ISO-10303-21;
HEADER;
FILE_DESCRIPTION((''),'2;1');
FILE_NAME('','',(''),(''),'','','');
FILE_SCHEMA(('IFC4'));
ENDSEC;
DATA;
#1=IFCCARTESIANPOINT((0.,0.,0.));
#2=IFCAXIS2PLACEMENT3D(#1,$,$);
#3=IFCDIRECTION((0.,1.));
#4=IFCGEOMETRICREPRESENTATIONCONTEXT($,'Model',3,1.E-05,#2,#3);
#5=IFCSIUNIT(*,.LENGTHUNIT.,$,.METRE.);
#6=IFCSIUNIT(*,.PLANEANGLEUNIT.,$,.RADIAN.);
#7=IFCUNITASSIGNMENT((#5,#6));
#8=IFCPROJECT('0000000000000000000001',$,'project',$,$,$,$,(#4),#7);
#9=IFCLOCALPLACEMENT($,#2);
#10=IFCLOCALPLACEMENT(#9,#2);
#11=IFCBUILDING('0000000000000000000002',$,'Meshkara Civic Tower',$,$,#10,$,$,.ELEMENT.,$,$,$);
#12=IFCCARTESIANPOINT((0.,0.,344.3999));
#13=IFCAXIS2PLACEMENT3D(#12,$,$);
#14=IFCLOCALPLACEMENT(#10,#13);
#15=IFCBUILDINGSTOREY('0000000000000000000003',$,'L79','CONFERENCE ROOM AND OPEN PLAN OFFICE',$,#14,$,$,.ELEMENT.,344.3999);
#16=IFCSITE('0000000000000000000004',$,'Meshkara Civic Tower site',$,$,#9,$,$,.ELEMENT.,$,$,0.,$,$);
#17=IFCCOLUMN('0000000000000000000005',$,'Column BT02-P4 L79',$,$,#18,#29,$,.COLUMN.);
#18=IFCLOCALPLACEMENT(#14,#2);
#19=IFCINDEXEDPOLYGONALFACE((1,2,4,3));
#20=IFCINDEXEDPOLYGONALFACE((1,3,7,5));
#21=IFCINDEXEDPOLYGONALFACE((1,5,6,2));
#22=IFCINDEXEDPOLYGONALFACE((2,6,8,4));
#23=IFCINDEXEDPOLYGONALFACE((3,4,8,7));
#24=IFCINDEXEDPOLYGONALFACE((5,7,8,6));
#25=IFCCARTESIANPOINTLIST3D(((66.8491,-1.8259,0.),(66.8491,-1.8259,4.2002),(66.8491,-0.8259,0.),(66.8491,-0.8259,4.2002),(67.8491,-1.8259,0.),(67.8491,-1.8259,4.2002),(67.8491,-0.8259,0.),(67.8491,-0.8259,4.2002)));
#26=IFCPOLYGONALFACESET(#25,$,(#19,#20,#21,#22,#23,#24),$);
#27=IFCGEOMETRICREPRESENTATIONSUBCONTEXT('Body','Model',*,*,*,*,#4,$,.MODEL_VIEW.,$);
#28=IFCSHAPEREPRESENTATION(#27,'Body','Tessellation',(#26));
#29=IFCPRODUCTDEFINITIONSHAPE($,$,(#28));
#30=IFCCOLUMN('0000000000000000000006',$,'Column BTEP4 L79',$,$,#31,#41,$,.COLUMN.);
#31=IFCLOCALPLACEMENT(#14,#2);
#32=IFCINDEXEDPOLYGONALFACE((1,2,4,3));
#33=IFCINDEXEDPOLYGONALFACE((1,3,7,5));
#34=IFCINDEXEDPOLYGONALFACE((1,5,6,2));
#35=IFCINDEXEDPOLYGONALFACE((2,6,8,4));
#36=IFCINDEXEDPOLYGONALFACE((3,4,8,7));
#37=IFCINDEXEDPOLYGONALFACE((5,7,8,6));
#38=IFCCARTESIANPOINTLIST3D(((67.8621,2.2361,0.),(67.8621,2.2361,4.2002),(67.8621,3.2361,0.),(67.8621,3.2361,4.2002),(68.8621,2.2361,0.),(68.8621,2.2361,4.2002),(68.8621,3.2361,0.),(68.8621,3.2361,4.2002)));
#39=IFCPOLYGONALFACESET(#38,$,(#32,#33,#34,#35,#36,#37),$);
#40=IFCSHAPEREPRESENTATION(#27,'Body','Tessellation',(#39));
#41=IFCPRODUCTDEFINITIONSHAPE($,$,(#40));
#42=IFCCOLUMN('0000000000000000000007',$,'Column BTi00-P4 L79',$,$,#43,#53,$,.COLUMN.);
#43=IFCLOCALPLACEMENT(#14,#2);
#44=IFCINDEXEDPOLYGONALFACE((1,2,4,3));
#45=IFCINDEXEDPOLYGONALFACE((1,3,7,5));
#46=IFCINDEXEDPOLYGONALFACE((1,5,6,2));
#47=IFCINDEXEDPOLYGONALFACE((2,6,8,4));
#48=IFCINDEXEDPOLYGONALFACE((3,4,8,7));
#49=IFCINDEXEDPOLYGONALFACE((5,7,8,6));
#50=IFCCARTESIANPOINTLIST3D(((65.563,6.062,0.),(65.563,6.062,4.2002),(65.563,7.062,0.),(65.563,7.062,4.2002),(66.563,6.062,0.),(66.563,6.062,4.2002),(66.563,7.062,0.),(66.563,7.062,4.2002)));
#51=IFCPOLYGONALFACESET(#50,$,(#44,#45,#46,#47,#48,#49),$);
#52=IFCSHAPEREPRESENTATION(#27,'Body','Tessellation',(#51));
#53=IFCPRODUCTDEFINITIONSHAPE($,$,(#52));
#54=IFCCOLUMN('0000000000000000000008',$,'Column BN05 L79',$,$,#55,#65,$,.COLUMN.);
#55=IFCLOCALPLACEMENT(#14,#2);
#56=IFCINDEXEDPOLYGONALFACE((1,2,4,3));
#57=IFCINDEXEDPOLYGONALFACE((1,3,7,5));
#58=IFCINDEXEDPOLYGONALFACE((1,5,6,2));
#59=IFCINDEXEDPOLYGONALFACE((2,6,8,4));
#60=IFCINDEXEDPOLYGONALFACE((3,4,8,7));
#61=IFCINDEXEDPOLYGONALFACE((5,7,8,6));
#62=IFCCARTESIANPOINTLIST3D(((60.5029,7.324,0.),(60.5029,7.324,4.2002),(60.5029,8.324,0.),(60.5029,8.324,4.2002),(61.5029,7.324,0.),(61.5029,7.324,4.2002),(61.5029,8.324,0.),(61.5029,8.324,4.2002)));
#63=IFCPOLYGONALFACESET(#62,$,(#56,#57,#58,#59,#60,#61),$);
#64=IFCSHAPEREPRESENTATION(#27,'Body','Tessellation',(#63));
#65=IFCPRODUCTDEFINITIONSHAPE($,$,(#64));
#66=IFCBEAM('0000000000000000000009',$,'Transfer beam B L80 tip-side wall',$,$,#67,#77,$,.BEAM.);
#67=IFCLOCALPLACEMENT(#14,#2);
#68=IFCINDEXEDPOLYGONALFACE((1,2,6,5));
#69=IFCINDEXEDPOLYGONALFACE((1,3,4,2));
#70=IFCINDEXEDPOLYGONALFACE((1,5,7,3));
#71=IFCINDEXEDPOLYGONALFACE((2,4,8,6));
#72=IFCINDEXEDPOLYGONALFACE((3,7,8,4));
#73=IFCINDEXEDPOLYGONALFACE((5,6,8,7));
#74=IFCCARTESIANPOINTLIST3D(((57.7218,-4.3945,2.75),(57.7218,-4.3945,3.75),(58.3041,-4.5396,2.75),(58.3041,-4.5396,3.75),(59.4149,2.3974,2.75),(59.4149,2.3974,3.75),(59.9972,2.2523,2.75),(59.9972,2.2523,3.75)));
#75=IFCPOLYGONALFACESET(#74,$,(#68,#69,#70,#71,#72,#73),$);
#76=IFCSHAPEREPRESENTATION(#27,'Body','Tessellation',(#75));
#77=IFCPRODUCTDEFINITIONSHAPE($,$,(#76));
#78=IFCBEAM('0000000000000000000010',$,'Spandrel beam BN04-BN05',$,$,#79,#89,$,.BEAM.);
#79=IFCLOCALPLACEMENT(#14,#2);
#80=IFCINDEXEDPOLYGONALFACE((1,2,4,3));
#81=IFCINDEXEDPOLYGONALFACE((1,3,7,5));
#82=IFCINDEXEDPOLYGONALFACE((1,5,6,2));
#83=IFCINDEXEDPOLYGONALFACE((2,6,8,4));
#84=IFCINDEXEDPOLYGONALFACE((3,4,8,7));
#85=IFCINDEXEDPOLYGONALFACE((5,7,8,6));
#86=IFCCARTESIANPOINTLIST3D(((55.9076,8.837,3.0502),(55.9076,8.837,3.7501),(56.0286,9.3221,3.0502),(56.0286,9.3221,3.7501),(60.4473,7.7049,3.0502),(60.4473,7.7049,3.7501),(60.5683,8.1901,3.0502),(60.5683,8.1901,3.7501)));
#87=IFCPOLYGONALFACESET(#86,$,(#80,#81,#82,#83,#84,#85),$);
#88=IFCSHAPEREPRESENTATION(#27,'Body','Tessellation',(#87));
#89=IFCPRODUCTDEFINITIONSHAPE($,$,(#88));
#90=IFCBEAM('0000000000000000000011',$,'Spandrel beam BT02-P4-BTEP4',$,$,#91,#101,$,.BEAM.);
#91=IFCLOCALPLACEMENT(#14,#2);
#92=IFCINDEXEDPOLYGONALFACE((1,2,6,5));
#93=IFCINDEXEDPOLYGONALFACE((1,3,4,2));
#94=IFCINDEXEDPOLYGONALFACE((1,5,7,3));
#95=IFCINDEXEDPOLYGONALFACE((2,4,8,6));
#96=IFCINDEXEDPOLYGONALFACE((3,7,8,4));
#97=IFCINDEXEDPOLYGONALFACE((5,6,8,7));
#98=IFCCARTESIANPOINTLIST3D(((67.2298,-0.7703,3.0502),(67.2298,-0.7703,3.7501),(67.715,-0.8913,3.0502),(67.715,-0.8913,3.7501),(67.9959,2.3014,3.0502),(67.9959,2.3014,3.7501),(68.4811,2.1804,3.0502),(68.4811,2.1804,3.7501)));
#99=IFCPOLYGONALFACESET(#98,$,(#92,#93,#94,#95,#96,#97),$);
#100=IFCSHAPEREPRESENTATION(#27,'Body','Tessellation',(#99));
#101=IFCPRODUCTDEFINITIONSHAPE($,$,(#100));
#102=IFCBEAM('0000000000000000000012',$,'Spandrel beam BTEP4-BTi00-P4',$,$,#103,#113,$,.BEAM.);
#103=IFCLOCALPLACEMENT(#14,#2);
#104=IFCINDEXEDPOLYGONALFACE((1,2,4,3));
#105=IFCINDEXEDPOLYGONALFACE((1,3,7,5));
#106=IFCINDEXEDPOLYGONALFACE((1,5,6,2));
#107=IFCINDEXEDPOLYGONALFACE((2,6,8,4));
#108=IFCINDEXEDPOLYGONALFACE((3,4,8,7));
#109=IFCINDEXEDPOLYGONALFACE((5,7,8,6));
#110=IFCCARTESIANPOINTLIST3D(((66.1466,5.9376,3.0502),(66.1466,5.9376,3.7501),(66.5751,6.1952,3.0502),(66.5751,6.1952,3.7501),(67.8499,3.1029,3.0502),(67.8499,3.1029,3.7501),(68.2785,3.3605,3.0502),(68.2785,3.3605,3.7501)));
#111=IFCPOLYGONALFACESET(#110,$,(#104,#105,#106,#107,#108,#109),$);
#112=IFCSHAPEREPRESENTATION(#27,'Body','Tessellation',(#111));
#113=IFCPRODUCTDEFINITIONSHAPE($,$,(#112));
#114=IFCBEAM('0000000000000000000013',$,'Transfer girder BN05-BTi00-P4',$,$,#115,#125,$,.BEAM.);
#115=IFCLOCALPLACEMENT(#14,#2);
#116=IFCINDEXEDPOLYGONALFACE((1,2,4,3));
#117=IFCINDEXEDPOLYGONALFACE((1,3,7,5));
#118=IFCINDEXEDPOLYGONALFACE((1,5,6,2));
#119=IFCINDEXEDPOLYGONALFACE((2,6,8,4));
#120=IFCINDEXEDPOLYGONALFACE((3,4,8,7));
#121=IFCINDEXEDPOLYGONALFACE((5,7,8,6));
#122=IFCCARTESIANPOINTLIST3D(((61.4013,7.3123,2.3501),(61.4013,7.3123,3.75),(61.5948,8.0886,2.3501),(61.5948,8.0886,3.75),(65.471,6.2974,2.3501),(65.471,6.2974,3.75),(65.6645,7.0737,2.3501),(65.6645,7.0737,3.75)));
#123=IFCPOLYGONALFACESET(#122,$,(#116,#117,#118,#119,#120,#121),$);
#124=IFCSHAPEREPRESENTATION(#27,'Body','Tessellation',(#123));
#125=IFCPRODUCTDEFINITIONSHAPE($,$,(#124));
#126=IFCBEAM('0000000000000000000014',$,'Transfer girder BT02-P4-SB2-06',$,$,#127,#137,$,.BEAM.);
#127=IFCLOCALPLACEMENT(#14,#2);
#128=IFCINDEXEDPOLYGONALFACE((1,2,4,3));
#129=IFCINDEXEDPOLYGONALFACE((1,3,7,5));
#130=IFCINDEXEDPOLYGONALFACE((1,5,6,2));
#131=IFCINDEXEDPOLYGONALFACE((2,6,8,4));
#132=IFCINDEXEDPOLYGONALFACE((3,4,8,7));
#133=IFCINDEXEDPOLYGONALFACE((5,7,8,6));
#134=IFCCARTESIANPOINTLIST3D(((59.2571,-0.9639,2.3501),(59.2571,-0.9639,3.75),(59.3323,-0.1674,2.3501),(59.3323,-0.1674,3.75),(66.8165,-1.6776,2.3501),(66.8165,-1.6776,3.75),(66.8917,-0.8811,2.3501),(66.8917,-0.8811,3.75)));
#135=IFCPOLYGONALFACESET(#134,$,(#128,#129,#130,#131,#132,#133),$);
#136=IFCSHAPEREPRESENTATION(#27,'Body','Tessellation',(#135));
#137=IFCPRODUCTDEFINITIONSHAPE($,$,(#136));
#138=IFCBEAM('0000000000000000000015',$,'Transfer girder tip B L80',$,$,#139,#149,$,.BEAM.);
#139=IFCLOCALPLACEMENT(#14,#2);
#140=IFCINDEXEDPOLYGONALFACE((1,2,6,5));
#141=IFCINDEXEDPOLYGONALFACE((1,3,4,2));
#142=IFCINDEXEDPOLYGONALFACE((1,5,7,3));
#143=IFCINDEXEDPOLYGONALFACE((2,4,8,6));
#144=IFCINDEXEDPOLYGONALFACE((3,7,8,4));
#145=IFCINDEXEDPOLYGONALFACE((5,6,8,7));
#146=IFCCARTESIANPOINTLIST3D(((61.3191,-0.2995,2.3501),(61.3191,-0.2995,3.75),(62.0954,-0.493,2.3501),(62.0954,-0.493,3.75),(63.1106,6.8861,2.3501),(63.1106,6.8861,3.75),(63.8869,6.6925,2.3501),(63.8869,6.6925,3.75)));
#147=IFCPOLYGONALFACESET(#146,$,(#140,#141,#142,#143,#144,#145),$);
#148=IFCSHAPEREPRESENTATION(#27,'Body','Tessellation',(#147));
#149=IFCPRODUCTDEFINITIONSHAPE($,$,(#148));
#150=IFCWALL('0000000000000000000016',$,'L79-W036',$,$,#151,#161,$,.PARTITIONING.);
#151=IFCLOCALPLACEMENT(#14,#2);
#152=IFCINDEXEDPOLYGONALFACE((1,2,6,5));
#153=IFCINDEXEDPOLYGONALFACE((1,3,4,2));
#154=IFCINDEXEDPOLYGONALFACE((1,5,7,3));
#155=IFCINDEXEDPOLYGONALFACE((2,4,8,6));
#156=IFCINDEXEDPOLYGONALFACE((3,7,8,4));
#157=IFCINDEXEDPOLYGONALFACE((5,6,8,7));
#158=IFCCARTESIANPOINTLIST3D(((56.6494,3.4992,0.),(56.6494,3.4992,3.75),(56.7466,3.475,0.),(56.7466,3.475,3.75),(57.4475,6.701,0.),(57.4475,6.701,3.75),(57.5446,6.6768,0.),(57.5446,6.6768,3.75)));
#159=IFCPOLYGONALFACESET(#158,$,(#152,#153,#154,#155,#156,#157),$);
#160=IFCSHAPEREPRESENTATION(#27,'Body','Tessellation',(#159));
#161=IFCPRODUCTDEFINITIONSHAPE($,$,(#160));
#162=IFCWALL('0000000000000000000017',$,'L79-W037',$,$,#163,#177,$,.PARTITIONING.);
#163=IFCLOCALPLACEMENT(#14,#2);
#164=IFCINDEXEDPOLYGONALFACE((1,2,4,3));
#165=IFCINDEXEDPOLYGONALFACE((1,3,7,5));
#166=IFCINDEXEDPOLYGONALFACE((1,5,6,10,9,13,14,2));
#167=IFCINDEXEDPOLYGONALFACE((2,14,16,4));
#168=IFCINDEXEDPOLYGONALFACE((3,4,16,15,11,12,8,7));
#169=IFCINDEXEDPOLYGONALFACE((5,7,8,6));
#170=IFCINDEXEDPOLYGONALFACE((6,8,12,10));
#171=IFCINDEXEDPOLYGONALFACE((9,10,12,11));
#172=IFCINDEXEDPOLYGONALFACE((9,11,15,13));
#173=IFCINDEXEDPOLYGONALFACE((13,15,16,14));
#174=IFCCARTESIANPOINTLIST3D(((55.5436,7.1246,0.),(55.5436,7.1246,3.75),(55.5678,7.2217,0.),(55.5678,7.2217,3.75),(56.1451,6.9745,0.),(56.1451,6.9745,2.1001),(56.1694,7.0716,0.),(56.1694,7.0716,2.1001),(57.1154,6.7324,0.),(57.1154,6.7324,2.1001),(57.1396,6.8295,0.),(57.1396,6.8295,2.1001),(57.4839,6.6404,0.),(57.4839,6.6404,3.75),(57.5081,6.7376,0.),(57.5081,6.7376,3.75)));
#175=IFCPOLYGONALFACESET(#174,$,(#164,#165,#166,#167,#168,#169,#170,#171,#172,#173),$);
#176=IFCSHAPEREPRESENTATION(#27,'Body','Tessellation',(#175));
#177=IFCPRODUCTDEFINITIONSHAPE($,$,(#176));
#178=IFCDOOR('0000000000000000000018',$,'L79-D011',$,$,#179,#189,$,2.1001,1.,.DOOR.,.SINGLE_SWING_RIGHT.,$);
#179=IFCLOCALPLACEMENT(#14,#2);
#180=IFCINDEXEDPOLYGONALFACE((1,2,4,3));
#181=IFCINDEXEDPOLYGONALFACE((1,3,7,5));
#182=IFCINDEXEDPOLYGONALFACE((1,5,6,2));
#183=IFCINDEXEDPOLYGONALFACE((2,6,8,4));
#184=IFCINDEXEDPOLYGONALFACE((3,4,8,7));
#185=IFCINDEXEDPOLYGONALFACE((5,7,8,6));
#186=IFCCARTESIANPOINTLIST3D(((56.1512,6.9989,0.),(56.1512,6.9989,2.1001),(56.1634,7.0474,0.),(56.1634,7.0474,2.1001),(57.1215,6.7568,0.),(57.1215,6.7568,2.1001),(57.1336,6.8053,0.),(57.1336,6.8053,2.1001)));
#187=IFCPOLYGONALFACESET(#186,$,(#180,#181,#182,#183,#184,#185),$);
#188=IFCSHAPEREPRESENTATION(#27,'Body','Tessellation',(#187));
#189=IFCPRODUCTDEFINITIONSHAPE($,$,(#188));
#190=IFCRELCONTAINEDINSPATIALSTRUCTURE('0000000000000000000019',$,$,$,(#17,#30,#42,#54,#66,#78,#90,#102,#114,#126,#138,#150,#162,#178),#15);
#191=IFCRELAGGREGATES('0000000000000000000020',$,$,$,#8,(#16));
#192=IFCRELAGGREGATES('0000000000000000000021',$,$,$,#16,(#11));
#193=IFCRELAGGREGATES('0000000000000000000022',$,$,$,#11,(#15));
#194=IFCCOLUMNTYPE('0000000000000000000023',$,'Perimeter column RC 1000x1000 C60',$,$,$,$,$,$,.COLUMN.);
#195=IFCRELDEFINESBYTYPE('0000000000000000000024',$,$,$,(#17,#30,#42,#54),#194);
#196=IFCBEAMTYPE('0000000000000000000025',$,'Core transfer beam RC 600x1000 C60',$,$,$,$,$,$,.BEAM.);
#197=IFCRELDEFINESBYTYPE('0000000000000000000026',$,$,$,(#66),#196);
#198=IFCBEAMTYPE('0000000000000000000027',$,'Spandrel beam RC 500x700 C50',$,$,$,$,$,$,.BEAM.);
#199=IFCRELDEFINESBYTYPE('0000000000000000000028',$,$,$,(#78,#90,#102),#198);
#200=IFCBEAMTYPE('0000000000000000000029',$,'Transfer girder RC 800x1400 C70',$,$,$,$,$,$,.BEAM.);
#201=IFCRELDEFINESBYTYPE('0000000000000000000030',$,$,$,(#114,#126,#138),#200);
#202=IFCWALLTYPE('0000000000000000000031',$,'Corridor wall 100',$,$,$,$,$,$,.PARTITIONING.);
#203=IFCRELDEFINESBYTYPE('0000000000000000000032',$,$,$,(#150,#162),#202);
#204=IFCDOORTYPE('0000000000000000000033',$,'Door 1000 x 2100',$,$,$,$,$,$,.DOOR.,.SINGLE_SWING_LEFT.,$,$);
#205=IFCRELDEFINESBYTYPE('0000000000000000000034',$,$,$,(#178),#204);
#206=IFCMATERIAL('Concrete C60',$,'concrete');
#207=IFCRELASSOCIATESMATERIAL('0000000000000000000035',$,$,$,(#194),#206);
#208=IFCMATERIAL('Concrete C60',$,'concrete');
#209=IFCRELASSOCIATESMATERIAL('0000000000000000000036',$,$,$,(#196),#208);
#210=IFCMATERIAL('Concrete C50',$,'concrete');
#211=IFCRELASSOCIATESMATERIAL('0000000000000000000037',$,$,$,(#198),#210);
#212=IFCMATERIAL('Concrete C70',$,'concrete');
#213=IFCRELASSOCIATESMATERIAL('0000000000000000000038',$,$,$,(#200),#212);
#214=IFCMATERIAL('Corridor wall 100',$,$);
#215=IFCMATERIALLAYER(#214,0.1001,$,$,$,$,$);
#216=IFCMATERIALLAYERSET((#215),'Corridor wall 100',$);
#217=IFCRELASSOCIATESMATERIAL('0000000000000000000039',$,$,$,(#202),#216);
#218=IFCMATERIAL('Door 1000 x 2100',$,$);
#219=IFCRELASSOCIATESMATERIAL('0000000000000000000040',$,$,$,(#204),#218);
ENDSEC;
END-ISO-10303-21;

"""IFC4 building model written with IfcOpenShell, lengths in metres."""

from ifc_helpers import new_model, si_unit, direction, frame, frame_2d, origin, origin_2d, place, context, subcontext, project, spatial, rectangle, extrude, material, layer, layer_set, material_profile, profile_set, type_object, element, fill, save


model = new_model("IFC4")

# Units and contexts
model_context = context("Model", 3, precision=1e-05, world=origin(), true_north=direction((0.0, 1.0)))
body_context = subcontext(model_context, "Body", "Model", "MODEL_VIEW")
ifc_project = project(units=[si_unit("LENGTHUNIT", "METRE"), si_unit("PLANEANGLEUNIT", "RADIAN")], contexts=[model_context])

# Site, building, storey
site_placement = place(None, origin())
site = spatial("IfcSite", under=ifc_project, at=site_placement, Name="Meshkara Civic Tower site", CompositionType="ELEMENT", RefElevation=0.0)
building_placement = place(site_placement, origin())
building = spatial("IfcBuilding", under=site, at=building_placement, Name="Meshkara Civic Tower", CompositionType="ELEMENT")
storey_placement = place(building_placement, frame((0.0, 0.0, 344.3999)))
storey = spatial("IfcBuildingStorey", under=building, at=storey_placement, Name="L79", Description="CONFERENCE ROOM AND OPEN PLAN OFFICE", CompositionType="ELEMENT", Elevation=344.3999)

# Columns
ifc_material_1 = material(Name="Concrete C60", Category="concrete")
ifc_material_profile_1 = material_profile(ifc_material_1, rectangle(XDim=1.0, YDim=1.0, at=origin_2d()))
ifc_profile_set_1 = profile_set([ifc_material_profile_1], Name="Concrete C60")
column_type = type_object("IfcColumnType", Name="Perimeter column RC 1000x1000 C60", PredefinedType="COLUMN", material=ifc_profile_set_1)
for number, where, z_axis, x_axis, name in (
    (1, (67.3491, -1.3259, 0.0), (0.0, 0.0, 1.0), (1.0, 0.0, 0.0), "Column BT02-P4 L79"),
    (2, (68.3621, 2.7361, 0.0), (0.0, 0.0, 1.0), (1.0, 0.0, 0.0), "Column BTEP4 L79"),
    (3, (66.063, 6.562, 0.0), (0.0, 0.0, 1.0), (1.0, 0.0, 0.0), "Column BTi00-P4 L79"),
    (4, (61.0029, 7.824, 0.0), (0.0, 0.0, 1.0), (1.0, 0.0, 0.0), "Column BN05 L79"),
):
    element("IfcColumn", number, at=place(storey_placement, frame(where, z_axis=z_axis, x_axis=x_axis)), inside=storey, type_object=column_type, Name=name, PredefinedType="COLUMN", context=body_context, shape_type="SweptSolid", body=[
        extrude(rectangle(XDim=1.0, YDim=1.0, at=origin_2d()), origin(), (0.0, 0.0, 1.0), 4.2002),
    ])

# Beams
ifc_material_2 = material(Name="Concrete C60", Category="concrete")
ifc_material_profile_2 = material_profile(ifc_material_2, rectangle(XDim=0.6001, YDim=1.0, at=origin_2d()))
ifc_profile_set_2 = profile_set([ifc_material_profile_2], Name="Concrete C60")
beam_type_1 = type_object("IfcBeamType", Name="Core transfer beam RC 600x1000 C60", PredefinedType="BEAM", material=ifc_profile_set_2)
beam_1_placement = place(storey_placement, frame((58.0129, -4.467, 3.25), z_axis=(0.241879, 0.970306, 0.0), x_axis=(-0.970306, 0.241879, 0.0)))
element("IfcBeam", 5, at=beam_1_placement, inside=storey, type_object=beam_type_1, Name="Transfer beam B L80 tip-side wall", PredefinedType="BEAM", context=body_context, shape_type="SweptSolid", body=[
    extrude(rectangle(XDim=0.6001, YDim=1.0, at=origin_2d()), origin(), (0.0, 0.0, 1.0), 6.9998),
])
ifc_material_3 = material(Name="Concrete C50", Category="concrete")
ifc_material_profile_3 = material_profile(ifc_material_3, rectangle(XDim=0.5, YDim=0.7, at=origin_2d()))
ifc_profile_set_3 = profile_set([ifc_material_profile_3], Name="Concrete C50")
beam_type_2 = type_object("IfcBeamType", Name="Spandrel beam RC 500x700 C50", PredefinedType="BEAM", material=ifc_profile_set_3)
beam_2_placement = place(storey_placement, frame((60.5078, 7.9475, 3.4001), z_axis=(-0.970287, 0.241959, 0.0), x_axis=(-0.241959, -0.970287, 0.0)))
element("IfcBeam", 6, at=beam_2_placement, inside=storey, type_object=beam_type_2, Name="Spandrel beam BN04-BN05", PredefinedType="BEAM", context=body_context, shape_type="SweptSolid", body=[
    extrude(rectangle(XDim=0.5, YDim=0.7, at=origin_2d()), origin(), (0.0, 0.0, 1.0), 4.6787),
])
beam_3_placement = place(storey_placement, frame((67.4724, -0.8308, 3.4001), z_axis=(0.241991, 0.970278, 0.0), x_axis=(-0.970278, 0.241991, 0.0)))
element("IfcBeam", 7, at=beam_3_placement, inside=storey, type_object=beam_type_2, Name="Spandrel beam BT02-P4-BTEP4", PredefinedType="BEAM", context=body_context, shape_type="SweptSolid", body=[
    extrude(rectangle(XDim=0.5, YDim=0.7, at=origin_2d()), origin(), (0.0, 0.0, 1.0), 3.1658),
])
beam_4_placement = place(storey_placement, frame((68.0642, 3.2317, 3.4001), z_axis=(-0.51506, 0.857154, 0.0), x_axis=(-0.857154, -0.51506, 0.0)))
element("IfcBeam", 8, at=beam_4_placement, inside=storey, type_object=beam_type_2, Name="Spandrel beam BTEP4-BTi00-P4", PredefinedType="BEAM", context=body_context, shape_type="SweptSolid", body=[
    extrude(rectangle(XDim=0.5, YDim=0.7, at=origin_2d()), origin(), (0.0, 0.0, 1.0), 3.3071),
])
ifc_material_4 = material(Name="Concrete C70", Category="concrete")
ifc_material_profile_4 = material_profile(ifc_material_4, rectangle(XDim=0.8, YDim=1.3999, at=origin_2d()))
ifc_profile_set_4 = profile_set([ifc_material_profile_4], Name="Concrete C70")
beam_type_3 = type_object("IfcBeamType", Name="Transfer girder RC 800x1400 C70", PredefinedType="BEAM", material=ifc_profile_set_4)
beam_5_placement = place(storey_placement, frame((61.498, 7.7004, 3.05), z_axis=(0.970286, -0.24196, 0.0), x_axis=(0.24196, 0.970286, 0.0)))
element("IfcBeam", 9, at=beam_5_placement, inside=storey, type_object=beam_type_3, Name="Transfer girder BN05-BTi00-P4", PredefinedType="BEAM", context=body_context, shape_type="SweptSolid", body=[
    extrude(rectangle(XDim=0.8, YDim=1.3999, at=origin_2d()), origin(), (0.0, 0.0, 1.0), 4.1943),
])
beam_6_placement = place(storey_placement, frame((59.2947, -0.5657, 3.05), z_axis=(0.995574, -0.093985, 0.0), x_axis=(0.093985, 0.995574, 0.0)))
element("IfcBeam", 10, at=beam_6_placement, inside=storey, type_object=beam_type_3, Name="Transfer girder BT02-P4-SB2-06", PredefinedType="BEAM", context=body_context, shape_type="SweptSolid", body=[
    extrude(rectangle(XDim=0.8, YDim=1.3999, at=origin_2d()), origin(), (0.0, 0.0, 1.0), 7.593),
])
beam_7_placement = place(storey_placement, frame((61.7073, -0.3962, 3.05), z_axis=(0.241915, 0.970297, 0.0), x_axis=(-0.970297, 0.241915, 0.0)))
element("IfcBeam", 11, at=beam_7_placement, inside=storey, type_object=beam_type_3, Name="Transfer girder tip B L80", PredefinedType="BEAM", context=body_context, shape_type="SweptSolid", body=[
    extrude(rectangle(XDim=0.8, YDim=1.3999, at=origin_2d()), origin(), (0.0, 0.0, 1.0), 7.4055),
])

# Wall
ifc_material_5 = material(Name="Corridor wall 100")
ifc_layer_1 = layer(ifc_material_5, 0.1001)
ifc_layer_set_1 = layer_set([ifc_layer_1], Name="Corridor wall 100")
wall_type_1 = type_object("IfcWallType", Name="Corridor wall 100", PredefinedType="PARTITIONING", material=ifc_layer_set_1)
wall_1_placement = place(storey_placement, frame((56.698, 3.4871, 0.0), z_axis=(0.0, 0.0, 1.0), x_axis=(0.241857, 0.970312, 0.0)))
element("IfcWall", 12, at=wall_1_placement, inside=storey, type_object=wall_type_1, Name="L79-W036", PredefinedType="PARTITIONING", context=body_context, shape_type="SweptSolid", body=[
    extrude(rectangle(XDim=3.2998, YDim=0.1001, at=frame_2d((1.6499, 0.0))), origin(), (0.0, 0.0, 1.0), 3.75),
])

# Wall, opening, door
wall_2_placement = place(storey_placement, frame((57.4961, 6.689, 0.0), z_axis=(0.0, 0.0, 1.0), x_axis=(-0.97025, 0.242105, 0.0)))
wall_2 = element("IfcWall", 13, at=wall_2_placement, inside=storey, type_object=wall_type_1, Name="L79-W037", PredefinedType="PARTITIONING", context=body_context, shape_type="SweptSolid", body=[
    extrude(rectangle(XDim=1.9998, YDim=0.1001, at=frame_2d((1.0, 0.0))), origin(), (0.0, 0.0, 1.0), 3.75),
])
opening_1_placement = place(wall_2_placement, frame((0.3799, 0.0, 0.0)))
opening_1 = element("IfcOpeningElement", 14, at=opening_1_placement, cuts=wall_2, PredefinedType="OPENING", context=body_context, shape_type="SweptSolid", body=[
    extrude(rectangle(XDim=1.0, YDim=2.1001, at=frame_2d((0.5, 1.05))), frame((0.0, 0.0601, 0.0), z_axis=(0.0, -1.0, 0.0), x_axis=(1.0, 0.0, 0.0)), (0.0, 0.0, 1.0), 0.1201),
])
ifc_material_6 = material(Name="Door 1000 x 2100")
door_type = type_object("IfcDoorType", Name="Door 1000 x 2100", OperationType="SINGLE_SWING_LEFT", PredefinedType="DOOR", material=ifc_material_6)
door_placement = place(opening_1_placement, origin())
door = element("IfcDoor", 15, at=door_placement, inside=storey, type_object=door_type, Name="L79-D011", OperationType="SINGLE_SWING_RIGHT", OverallHeight=2.1001, OverallWidth=1.0, PredefinedType="DOOR", context=body_context, shape_type="SweptSolid", body=[
    extrude(rectangle(XDim=1.0, YDim=2.1001, at=frame_2d((0.5, 1.05))), frame((0.0, 0.0249, 0.0), z_axis=(0.0, -1.0, 0.0), x_axis=(1.0, 0.0, 0.0)), (0.0, 0.0, 1.0), 0.05),
])
fill(opening_1, door)

save(model, "model.ifc")
